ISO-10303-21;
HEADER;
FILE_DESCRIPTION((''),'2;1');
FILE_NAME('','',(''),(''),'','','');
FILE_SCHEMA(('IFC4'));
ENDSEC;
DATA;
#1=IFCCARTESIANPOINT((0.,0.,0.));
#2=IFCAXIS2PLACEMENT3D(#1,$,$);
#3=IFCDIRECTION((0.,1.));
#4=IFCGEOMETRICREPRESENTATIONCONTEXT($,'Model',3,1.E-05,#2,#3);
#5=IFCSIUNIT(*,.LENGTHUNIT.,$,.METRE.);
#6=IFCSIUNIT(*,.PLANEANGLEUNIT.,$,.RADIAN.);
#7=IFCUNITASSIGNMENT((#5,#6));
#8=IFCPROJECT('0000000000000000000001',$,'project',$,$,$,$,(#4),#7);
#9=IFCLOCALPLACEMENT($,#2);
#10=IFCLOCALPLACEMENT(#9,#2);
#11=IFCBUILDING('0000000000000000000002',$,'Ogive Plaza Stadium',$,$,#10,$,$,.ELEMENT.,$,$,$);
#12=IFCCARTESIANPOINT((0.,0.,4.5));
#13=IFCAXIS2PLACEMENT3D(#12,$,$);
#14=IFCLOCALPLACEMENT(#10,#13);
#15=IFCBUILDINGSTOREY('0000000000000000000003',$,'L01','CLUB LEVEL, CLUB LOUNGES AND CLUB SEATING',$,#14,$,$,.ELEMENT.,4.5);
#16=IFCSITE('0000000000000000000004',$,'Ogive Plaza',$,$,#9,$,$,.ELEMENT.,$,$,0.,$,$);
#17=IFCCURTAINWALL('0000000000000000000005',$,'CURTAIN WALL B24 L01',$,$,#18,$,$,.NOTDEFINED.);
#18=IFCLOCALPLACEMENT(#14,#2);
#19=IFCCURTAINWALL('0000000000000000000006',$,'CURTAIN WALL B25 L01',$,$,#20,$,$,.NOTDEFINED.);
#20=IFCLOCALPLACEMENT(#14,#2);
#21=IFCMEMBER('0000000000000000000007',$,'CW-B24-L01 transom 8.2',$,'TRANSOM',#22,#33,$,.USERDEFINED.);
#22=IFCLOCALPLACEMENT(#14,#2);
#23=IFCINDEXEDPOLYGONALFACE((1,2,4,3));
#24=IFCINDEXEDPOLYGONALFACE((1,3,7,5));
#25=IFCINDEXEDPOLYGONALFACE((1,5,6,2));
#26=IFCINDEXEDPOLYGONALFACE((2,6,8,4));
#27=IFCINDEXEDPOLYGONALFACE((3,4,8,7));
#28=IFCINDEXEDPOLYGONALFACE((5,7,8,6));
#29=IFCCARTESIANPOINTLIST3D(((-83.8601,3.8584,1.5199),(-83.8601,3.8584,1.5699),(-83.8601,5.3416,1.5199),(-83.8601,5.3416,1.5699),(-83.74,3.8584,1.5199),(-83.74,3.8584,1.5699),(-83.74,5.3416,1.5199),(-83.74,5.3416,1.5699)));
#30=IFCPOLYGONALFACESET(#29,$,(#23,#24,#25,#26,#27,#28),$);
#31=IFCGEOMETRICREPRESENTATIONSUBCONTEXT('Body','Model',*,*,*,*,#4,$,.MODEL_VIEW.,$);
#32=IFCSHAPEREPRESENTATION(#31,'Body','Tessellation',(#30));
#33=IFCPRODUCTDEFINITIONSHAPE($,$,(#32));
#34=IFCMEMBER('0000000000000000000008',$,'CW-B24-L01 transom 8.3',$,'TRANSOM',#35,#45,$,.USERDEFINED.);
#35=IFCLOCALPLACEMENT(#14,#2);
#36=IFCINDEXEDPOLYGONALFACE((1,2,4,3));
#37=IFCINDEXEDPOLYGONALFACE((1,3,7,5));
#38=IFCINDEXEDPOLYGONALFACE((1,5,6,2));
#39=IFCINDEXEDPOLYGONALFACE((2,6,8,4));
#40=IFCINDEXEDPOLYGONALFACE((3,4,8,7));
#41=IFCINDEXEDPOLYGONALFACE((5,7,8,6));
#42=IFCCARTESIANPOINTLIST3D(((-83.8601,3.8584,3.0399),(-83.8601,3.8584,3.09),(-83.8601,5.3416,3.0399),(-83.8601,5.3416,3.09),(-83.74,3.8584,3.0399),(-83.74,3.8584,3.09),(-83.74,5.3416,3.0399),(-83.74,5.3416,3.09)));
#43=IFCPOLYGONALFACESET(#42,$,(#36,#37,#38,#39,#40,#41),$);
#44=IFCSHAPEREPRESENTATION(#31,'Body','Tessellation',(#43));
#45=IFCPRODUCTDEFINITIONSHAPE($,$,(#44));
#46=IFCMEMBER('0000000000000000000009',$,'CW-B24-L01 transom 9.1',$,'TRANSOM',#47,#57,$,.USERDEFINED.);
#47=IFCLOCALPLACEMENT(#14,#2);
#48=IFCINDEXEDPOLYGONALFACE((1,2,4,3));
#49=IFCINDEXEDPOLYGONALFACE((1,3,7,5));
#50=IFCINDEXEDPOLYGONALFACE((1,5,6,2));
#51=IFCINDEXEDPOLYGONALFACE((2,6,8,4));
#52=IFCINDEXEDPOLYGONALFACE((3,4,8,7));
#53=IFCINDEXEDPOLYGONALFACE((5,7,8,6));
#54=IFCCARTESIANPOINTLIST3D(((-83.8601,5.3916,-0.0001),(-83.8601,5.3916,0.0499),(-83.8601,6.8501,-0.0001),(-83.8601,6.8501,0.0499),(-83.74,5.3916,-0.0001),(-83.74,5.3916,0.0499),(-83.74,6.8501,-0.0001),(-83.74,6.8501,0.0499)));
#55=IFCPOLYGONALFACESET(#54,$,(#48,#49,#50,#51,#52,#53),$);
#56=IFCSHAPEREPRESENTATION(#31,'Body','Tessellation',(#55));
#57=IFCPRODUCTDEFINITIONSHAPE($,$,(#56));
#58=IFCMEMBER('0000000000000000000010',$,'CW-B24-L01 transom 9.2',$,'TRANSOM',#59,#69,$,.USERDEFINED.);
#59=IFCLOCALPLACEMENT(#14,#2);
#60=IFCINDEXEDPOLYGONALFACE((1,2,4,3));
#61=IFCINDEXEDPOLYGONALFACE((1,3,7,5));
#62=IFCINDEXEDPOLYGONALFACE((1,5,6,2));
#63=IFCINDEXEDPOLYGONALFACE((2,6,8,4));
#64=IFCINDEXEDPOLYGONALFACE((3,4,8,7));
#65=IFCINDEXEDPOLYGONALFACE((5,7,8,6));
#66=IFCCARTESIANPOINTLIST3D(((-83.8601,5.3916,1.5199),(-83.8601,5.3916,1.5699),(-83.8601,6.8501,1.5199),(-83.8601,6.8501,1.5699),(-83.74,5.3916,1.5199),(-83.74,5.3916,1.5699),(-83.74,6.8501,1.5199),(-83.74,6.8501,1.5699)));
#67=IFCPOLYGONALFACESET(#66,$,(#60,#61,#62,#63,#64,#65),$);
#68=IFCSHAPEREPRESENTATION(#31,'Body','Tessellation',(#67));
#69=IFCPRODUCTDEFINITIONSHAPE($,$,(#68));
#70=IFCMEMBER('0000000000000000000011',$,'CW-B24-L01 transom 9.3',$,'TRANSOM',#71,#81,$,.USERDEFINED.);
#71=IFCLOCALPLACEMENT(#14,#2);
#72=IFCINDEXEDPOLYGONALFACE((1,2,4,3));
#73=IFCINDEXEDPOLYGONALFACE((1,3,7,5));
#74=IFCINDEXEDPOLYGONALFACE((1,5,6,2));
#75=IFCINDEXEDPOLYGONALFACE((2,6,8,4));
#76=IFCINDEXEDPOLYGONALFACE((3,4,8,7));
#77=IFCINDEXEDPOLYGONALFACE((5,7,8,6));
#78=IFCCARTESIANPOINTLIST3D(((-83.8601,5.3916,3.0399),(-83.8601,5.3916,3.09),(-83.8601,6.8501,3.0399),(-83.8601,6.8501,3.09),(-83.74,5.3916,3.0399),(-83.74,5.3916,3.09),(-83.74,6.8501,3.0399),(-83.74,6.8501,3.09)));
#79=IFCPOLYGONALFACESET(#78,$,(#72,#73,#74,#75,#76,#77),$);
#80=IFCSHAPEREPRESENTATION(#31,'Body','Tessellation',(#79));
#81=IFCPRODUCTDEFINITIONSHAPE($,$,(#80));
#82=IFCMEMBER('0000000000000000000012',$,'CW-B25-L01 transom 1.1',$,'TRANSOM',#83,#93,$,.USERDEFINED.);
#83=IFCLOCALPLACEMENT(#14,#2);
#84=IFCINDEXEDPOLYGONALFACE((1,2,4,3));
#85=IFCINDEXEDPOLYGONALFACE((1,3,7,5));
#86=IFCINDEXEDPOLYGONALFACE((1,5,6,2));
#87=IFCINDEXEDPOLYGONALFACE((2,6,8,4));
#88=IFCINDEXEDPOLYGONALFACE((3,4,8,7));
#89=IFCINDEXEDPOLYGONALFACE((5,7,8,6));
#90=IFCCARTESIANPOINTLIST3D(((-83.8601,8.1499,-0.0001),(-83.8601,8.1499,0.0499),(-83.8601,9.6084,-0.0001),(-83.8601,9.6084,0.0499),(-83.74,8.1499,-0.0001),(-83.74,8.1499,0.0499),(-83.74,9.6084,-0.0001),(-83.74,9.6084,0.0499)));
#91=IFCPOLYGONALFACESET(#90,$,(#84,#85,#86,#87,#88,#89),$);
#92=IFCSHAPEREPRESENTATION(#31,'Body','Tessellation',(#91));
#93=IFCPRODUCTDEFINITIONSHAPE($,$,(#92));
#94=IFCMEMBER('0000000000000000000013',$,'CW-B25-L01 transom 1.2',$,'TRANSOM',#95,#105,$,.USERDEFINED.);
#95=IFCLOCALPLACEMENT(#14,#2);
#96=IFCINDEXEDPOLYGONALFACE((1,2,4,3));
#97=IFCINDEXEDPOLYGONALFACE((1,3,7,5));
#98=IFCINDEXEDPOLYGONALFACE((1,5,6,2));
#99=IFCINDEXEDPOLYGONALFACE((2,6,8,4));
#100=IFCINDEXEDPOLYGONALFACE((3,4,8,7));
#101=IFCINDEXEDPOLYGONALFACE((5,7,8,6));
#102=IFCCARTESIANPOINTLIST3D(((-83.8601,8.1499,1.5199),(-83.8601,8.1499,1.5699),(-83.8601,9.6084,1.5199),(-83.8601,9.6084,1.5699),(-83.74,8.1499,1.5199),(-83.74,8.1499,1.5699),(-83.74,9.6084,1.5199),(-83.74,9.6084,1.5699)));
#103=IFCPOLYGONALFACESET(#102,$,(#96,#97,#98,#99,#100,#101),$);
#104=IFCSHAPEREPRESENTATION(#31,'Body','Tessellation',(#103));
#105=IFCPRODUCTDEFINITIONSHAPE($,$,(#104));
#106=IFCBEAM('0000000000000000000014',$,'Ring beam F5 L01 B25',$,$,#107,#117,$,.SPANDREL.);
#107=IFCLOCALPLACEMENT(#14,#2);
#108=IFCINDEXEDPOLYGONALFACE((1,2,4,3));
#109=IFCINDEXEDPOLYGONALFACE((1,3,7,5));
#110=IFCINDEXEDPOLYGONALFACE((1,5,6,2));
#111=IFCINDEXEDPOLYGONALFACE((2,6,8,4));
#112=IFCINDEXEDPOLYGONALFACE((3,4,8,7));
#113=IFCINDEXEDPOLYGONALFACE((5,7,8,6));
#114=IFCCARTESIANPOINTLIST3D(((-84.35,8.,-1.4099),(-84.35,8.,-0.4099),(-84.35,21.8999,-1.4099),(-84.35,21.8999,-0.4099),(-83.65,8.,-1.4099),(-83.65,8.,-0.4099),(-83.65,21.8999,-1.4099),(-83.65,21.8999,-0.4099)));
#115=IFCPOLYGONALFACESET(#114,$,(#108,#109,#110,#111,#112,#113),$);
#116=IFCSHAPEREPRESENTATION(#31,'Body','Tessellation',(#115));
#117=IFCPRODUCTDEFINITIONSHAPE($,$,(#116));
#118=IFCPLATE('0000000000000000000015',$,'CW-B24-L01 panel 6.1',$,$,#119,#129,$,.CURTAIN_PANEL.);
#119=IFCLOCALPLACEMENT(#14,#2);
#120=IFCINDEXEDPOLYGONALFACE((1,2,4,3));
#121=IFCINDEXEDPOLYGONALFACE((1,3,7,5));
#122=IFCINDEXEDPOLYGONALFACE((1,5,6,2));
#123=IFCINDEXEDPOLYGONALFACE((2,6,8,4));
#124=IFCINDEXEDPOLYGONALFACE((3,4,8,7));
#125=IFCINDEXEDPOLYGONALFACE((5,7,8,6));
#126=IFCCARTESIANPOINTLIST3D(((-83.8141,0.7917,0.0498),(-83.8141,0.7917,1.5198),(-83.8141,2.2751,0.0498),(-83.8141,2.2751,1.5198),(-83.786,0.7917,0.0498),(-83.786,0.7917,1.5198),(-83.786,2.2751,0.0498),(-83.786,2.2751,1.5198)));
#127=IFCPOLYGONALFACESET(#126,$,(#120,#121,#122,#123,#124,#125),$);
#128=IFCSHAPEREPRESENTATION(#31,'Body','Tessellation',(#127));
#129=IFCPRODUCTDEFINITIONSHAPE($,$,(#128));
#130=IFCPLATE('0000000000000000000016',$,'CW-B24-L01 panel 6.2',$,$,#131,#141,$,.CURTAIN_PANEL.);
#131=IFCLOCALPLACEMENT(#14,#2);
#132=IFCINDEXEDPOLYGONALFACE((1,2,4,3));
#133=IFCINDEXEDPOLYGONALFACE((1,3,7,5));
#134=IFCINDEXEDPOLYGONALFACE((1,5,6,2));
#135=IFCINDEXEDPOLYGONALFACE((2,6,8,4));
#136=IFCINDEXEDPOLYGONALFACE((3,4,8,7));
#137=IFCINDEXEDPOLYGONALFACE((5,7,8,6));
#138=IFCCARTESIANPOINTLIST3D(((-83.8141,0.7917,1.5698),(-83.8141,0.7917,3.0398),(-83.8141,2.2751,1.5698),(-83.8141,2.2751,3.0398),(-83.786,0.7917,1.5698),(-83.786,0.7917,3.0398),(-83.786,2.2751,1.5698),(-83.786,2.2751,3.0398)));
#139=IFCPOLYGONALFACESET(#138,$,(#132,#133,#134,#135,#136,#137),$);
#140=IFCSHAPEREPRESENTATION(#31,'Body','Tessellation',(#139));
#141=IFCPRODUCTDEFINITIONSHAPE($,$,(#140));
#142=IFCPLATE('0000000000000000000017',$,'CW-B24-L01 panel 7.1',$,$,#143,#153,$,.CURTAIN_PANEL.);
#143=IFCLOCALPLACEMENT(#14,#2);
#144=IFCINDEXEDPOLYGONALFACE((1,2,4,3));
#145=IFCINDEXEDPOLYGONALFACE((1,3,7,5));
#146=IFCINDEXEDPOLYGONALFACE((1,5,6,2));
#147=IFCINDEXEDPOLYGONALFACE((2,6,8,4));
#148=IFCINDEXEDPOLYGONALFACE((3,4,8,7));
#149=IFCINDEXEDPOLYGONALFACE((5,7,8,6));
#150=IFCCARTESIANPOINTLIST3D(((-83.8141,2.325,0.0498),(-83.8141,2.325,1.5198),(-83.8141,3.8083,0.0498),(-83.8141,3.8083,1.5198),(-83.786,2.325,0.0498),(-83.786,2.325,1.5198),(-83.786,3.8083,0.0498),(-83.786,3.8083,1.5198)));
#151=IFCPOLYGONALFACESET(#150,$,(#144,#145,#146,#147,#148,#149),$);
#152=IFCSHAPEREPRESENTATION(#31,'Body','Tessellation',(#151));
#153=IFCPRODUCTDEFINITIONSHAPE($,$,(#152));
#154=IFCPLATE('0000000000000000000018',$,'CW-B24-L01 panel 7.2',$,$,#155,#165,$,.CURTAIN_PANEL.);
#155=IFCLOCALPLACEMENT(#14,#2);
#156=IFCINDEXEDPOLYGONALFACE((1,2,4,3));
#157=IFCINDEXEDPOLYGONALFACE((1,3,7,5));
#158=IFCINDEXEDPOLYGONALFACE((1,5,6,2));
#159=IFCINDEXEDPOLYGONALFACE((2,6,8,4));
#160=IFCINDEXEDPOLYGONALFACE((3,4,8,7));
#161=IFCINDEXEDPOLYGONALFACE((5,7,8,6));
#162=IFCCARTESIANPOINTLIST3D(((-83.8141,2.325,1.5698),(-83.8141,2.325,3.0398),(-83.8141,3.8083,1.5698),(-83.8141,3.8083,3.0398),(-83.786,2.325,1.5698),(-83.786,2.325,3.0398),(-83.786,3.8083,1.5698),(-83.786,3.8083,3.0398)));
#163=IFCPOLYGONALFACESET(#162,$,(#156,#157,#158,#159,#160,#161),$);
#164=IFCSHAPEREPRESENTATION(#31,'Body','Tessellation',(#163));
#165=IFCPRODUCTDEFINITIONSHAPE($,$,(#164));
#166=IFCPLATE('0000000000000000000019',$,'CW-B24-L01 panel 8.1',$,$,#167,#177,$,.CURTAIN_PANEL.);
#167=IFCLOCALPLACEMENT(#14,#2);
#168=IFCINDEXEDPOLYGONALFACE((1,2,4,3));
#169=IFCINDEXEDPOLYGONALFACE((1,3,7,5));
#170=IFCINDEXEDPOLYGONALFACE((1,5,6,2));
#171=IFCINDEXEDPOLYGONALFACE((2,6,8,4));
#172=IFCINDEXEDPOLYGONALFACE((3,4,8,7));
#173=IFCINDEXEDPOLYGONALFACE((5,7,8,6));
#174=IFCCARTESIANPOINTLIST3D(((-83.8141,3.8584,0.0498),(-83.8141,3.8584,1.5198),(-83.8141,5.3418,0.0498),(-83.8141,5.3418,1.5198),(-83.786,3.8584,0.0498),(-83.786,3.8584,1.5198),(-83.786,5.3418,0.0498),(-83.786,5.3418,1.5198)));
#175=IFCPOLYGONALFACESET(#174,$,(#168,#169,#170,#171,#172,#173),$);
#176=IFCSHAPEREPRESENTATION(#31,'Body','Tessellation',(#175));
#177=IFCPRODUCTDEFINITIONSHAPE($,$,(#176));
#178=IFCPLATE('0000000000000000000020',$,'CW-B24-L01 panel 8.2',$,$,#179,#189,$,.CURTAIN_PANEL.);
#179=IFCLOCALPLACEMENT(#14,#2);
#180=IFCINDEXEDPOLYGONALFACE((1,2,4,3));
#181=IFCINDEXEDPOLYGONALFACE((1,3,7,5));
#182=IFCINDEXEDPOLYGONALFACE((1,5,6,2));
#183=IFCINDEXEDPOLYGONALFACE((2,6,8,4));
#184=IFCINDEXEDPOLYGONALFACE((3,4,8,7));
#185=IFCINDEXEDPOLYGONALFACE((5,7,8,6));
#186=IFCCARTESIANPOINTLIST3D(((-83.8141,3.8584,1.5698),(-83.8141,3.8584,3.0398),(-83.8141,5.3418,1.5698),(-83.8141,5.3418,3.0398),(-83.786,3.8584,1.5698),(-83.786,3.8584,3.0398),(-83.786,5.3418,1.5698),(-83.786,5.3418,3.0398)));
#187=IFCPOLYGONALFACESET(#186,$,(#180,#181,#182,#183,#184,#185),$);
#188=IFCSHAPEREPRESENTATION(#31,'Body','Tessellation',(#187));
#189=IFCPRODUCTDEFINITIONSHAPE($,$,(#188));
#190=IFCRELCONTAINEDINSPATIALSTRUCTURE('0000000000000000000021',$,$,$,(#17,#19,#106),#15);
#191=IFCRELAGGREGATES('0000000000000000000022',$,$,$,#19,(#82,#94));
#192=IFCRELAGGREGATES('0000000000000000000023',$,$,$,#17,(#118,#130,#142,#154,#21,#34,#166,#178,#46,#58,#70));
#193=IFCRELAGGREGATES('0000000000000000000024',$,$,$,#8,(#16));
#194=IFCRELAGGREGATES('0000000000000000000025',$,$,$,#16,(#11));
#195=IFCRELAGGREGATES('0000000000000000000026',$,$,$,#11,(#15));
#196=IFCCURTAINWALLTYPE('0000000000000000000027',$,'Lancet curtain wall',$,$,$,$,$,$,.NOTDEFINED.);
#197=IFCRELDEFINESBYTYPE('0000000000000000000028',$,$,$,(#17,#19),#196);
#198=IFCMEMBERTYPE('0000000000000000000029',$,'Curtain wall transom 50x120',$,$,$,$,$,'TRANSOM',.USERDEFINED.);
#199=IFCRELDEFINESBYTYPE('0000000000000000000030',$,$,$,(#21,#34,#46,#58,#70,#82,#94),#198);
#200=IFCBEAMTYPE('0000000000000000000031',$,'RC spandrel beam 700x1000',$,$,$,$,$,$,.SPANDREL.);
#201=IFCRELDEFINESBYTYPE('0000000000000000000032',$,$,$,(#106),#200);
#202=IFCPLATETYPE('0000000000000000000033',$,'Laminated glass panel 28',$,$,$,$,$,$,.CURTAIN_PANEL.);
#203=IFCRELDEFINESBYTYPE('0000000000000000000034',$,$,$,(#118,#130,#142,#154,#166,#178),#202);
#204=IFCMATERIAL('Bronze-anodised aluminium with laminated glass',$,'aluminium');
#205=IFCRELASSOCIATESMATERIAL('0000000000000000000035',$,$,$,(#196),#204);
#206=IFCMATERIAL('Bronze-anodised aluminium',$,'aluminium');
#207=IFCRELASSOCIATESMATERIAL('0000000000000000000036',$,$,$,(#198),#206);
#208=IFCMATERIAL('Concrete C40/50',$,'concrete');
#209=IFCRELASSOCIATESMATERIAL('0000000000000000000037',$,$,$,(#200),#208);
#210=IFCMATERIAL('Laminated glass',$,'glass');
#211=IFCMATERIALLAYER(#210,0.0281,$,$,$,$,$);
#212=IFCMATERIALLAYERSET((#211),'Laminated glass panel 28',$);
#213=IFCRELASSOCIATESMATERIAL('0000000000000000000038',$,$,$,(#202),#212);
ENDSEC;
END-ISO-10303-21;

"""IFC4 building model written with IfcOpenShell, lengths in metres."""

from ifc_helpers import new_model, si_unit, direction, frame, origin, origin_2d, place, context, subcontext, project, spatial, rectangle, extrude, material, layer, layer_set, material_profile, profile_set, type_object, element, aggregate, save


model = new_model("IFC4")

# Units and contexts
model_context = context("Model", 3, precision=1e-05, world=origin(), true_north=direction((0.0, 1.0)))
body_context = subcontext(model_context, "Body", "Model", "MODEL_VIEW")
ifc_project = project(units=[si_unit("LENGTHUNIT", "METRE"), si_unit("PLANEANGLEUNIT", "RADIAN")], contexts=[model_context])

# Site, building, storey
site_placement = place(None, origin())
site = spatial("IfcSite", under=ifc_project, at=site_placement, Name="Ogive Plaza", CompositionType="ELEMENT", RefElevation=0.0)
building_placement = place(site_placement, origin())
building = spatial("IfcBuilding", under=site, at=building_placement, Name="Ogive Plaza Stadium", CompositionType="ELEMENT")
storey_placement = place(building_placement, frame((0.0, 0.0, 4.5)))
storey = spatial("IfcBuildingStorey", under=building, at=storey_placement, Name="L01", Description="CLUB LEVEL, CLUB LOUNGES AND CLUB SEATING", CompositionType="ELEMENT", Elevation=4.5)

# Curtain wall
ifc_material_1 = material(Name="Bronze-anodised aluminium with laminated glass", Category="aluminium")
curtain_wall_type = type_object("IfcCurtainWallType", Name="Lancet curtain wall", PredefinedType="NOTDEFINED", material=ifc_material_1)
curtain_wall_1_placement = place(storey_placement, origin())
curtain_wall_1 = element("IfcCurtainWall", 1, at=curtain_wall_1_placement, inside=storey, type_object=curtain_wall_type, Name="CURTAIN WALL B24 L01", PredefinedType="NOTDEFINED")

# Curtain wall
curtain_wall_2_placement = place(storey_placement, origin())
curtain_wall_2 = element("IfcCurtainWall", 2, at=curtain_wall_2_placement, inside=storey, type_object=curtain_wall_type, Name="CURTAIN WALL B25 L01", PredefinedType="NOTDEFINED")

# Members
ifc_material_2 = material(Name="Bronze-anodised aluminium", Category="aluminium")
ifc_material_profile_1 = material_profile(ifc_material_2, rectangle(XDim=0.1201, YDim=0.05, at=origin_2d()), Name="AL 120x50")
ifc_profile_set_1 = profile_set([ifc_material_profile_1], Name="Bronze-anodised aluminium")
member_type_1 = type_object("IfcMemberType", Name="Curtain wall transom 50x120", ElementType="TRANSOM", PredefinedType="USERDEFINED", material=ifc_profile_set_1)
member_1_placement = place(storey_placement, frame((-83.8, 3.8584, 1.5449), z_axis=(0.0, 1.0, 0.0), x_axis=(-1.0, 0.0, 0.0)))
member_1 = element("IfcMember", 3, at=member_1_placement, type_object=member_type_1, Name="CW-B24-L01 transom 8.2", ObjectType="TRANSOM", PredefinedType="USERDEFINED", context=body_context, shape_type="SweptSolid", body=[
    extrude(rectangle(XDim=0.1201, YDim=0.05, at=origin_2d()), origin(), (0.0, 0.0, 1.0), 1.4832),
])
member_2_placement = place(storey_placement, frame((-83.8, 3.8584, 3.0649), z_axis=(0.0, 1.0, 0.0), x_axis=(-1.0, 0.0, 0.0)))
member_2 = element("IfcMember", 4, at=member_2_placement, type_object=member_type_1, Name="CW-B24-L01 transom 8.3", ObjectType="TRANSOM", PredefinedType="USERDEFINED", context=body_context, shape_type="SweptSolid", body=[
    extrude(rectangle(XDim=0.1201, YDim=0.05, at=origin_2d()), origin(), (0.0, 0.0, 1.0), 1.4832),
])
member_3_placement = place(storey_placement, frame((-83.8, 5.3916, 0.0249), z_axis=(0.0, 1.0, 0.0), x_axis=(-1.0, 0.0, 0.0)))
member_3 = element("IfcMember", 5, at=member_3_placement, type_object=member_type_1, Name="CW-B24-L01 transom 9.1", ObjectType="TRANSOM", PredefinedType="USERDEFINED", context=body_context, shape_type="SweptSolid", body=[
    extrude(rectangle(XDim=0.1201, YDim=0.05, at=origin_2d()), origin(), (0.0, 0.0, 1.0), 1.4585),
])
member_4_placement = place(storey_placement, frame((-83.8, 5.3916, 1.5449), z_axis=(0.0, 1.0, 0.0), x_axis=(-1.0, 0.0, 0.0)))
member_4 = element("IfcMember", 6, at=member_4_placement, type_object=member_type_1, Name="CW-B24-L01 transom 9.2", ObjectType="TRANSOM", PredefinedType="USERDEFINED", context=body_context, shape_type="SweptSolid", body=[
    extrude(rectangle(XDim=0.1201, YDim=0.05, at=origin_2d()), origin(), (0.0, 0.0, 1.0), 1.4585),
])
member_5_placement = place(storey_placement, frame((-83.8, 5.3916, 3.0649), z_axis=(0.0, 1.0, 0.0), x_axis=(-1.0, 0.0, 0.0)))
member_5 = element("IfcMember", 7, at=member_5_placement, type_object=member_type_1, Name="CW-B24-L01 transom 9.3", ObjectType="TRANSOM", PredefinedType="USERDEFINED", context=body_context, shape_type="SweptSolid", body=[
    extrude(rectangle(XDim=0.1201, YDim=0.05, at=origin_2d()), origin(), (0.0, 0.0, 1.0), 1.4585),
])
member_6_placement = place(storey_placement, frame((-83.8, 8.1499, 0.0249), z_axis=(0.0, 1.0, 0.0), x_axis=(-1.0, 0.0, 0.0)))
member_6 = element("IfcMember", 8, at=member_6_placement, type_object=member_type_1, Name="CW-B25-L01 transom 1.1", ObjectType="TRANSOM", PredefinedType="USERDEFINED", context=body_context, shape_type="SweptSolid", body=[
    extrude(rectangle(XDim=0.1201, YDim=0.05, at=origin_2d()), origin(), (0.0, 0.0, 1.0), 1.4585),
])
member_7_placement = place(storey_placement, frame((-83.8, 8.1499, 1.5449), z_axis=(0.0, 1.0, 0.0), x_axis=(-1.0, 0.0, 0.0)))
member_7 = element("IfcMember", 9, at=member_7_placement, type_object=member_type_1, Name="CW-B25-L01 transom 1.2", ObjectType="TRANSOM", PredefinedType="USERDEFINED", context=body_context, shape_type="SweptSolid", body=[
    extrude(rectangle(XDim=0.1201, YDim=0.05, at=origin_2d()), origin(), (0.0, 0.0, 1.0), 1.4585),
])
aggregate(curtain_wall_2, [member_6, member_7])

# Beam
ifc_material_3 = material(Name="Concrete C40/50", Category="concrete")
ifc_material_profile_2 = material_profile(ifc_material_3, rectangle(XDim=0.7, YDim=1.0, at=origin_2d()), Name="RC 700x1000")
ifc_profile_set_2 = profile_set([ifc_material_profile_2], Name="Concrete C40/50")
beam_type = type_object("IfcBeamType", Name="RC spandrel beam 700x1000", PredefinedType="SPANDREL", material=ifc_profile_set_2)
beam_placement = place(storey_placement, frame((-84.0, 8.0, -0.9099), z_axis=(0.0, 1.0, 0.0), x_axis=(-1.0, 0.0, 0.0)))
element("IfcBeam", 10, at=beam_placement, inside=storey, type_object=beam_type, Name="Ring beam F5 L01 B25", PredefinedType="SPANDREL", context=body_context, shape_type="SweptSolid", body=[
    extrude(rectangle(XDim=0.7, YDim=1.0, at=origin_2d()), origin(), (0.0, 0.0, 1.0), 13.8999),
])

# Plates
ifc_material_4 = material(Name="Laminated glass", Category="glass")
ifc_layer_1 = layer(ifc_material_4, 0.0281)
ifc_layer_set_1 = layer_set([ifc_layer_1], Name="Laminated glass panel 28")
plate_type = type_object("IfcPlateType", Name="Laminated glass panel 28", PredefinedType="CURTAIN_PANEL", material=ifc_layer_set_1)
plate_1_placement = place(storey_placement, frame((-83.8, 1.5334, 0.0498), z_axis=(0.0, 0.0, 1.0), x_axis=(0.0, 1.0, 0.0)))
plate_1 = element("IfcPlate", 11, at=plate_1_placement, type_object=plate_type, Name="CW-B24-L01 panel 6.1", PredefinedType="CURTAIN_PANEL", context=body_context, shape_type="SweptSolid", body=[
    extrude(rectangle(XDim=1.4834, YDim=0.0281, at=origin_2d()), origin(), (0.0, 0.0, 1.0), 1.47),
])
plate_2_placement = place(storey_placement, frame((-83.8, 1.5334, 1.5698), z_axis=(0.0, 0.0, 1.0), x_axis=(0.0, 1.0, 0.0)))
plate_2 = element("IfcPlate", 12, at=plate_2_placement, type_object=plate_type, Name="CW-B24-L01 panel 6.2", PredefinedType="CURTAIN_PANEL", context=body_context, shape_type="SweptSolid", body=[
    extrude(rectangle(XDim=1.4834, YDim=0.0281, at=origin_2d()), origin(), (0.0, 0.0, 1.0), 1.47),
])
plate_3_placement = place(storey_placement, frame((-83.8, 3.0667, 0.0498), z_axis=(0.0, 0.0, 1.0), x_axis=(0.0, 1.0, 0.0)))
plate_3 = element("IfcPlate", 13, at=plate_3_placement, type_object=plate_type, Name="CW-B24-L01 panel 7.1", PredefinedType="CURTAIN_PANEL", context=body_context, shape_type="SweptSolid", body=[
    extrude(rectangle(XDim=1.4834, YDim=0.0281, at=origin_2d()), origin(), (0.0, 0.0, 1.0), 1.47),
])
plate_4_placement = place(storey_placement, frame((-83.8, 3.0667, 1.5698), z_axis=(0.0, 0.0, 1.0), x_axis=(0.0, 1.0, 0.0)))
plate_4 = element("IfcPlate", 14, at=plate_4_placement, type_object=plate_type, Name="CW-B24-L01 panel 7.2", PredefinedType="CURTAIN_PANEL", context=body_context, shape_type="SweptSolid", body=[
    extrude(rectangle(XDim=1.4834, YDim=0.0281, at=origin_2d()), origin(), (0.0, 0.0, 1.0), 1.47),
])
plate_5_placement = place(storey_placement, frame((-83.8, 4.6001, 0.0498), z_axis=(0.0, 0.0, 1.0), x_axis=(0.0, 1.0, 0.0)))
plate_5 = element("IfcPlate", 15, at=plate_5_placement, type_object=plate_type, Name="CW-B24-L01 panel 8.1", PredefinedType="CURTAIN_PANEL", context=body_context, shape_type="SweptSolid", body=[
    extrude(rectangle(XDim=1.4834, YDim=0.0281, at=origin_2d()), origin(), (0.0, 0.0, 1.0), 1.47),
])
plate_6_placement = place(storey_placement, frame((-83.8, 4.6001, 1.5698), z_axis=(0.0, 0.0, 1.0), x_axis=(0.0, 1.0, 0.0)))
plate_6 = element("IfcPlate", 16, at=plate_6_placement, type_object=plate_type, Name="CW-B24-L01 panel 8.2", PredefinedType="CURTAIN_PANEL", context=body_context, shape_type="SweptSolid", body=[
    extrude(rectangle(XDim=1.4834, YDim=0.0281, at=origin_2d()), origin(), (0.0, 0.0, 1.0), 1.47),
])
aggregate(curtain_wall_1, [plate_1, plate_2, plate_3, plate_4, member_1, member_2, plate_5, plate_6, member_3, member_4, member_5])

save(model, "model.ifc")
